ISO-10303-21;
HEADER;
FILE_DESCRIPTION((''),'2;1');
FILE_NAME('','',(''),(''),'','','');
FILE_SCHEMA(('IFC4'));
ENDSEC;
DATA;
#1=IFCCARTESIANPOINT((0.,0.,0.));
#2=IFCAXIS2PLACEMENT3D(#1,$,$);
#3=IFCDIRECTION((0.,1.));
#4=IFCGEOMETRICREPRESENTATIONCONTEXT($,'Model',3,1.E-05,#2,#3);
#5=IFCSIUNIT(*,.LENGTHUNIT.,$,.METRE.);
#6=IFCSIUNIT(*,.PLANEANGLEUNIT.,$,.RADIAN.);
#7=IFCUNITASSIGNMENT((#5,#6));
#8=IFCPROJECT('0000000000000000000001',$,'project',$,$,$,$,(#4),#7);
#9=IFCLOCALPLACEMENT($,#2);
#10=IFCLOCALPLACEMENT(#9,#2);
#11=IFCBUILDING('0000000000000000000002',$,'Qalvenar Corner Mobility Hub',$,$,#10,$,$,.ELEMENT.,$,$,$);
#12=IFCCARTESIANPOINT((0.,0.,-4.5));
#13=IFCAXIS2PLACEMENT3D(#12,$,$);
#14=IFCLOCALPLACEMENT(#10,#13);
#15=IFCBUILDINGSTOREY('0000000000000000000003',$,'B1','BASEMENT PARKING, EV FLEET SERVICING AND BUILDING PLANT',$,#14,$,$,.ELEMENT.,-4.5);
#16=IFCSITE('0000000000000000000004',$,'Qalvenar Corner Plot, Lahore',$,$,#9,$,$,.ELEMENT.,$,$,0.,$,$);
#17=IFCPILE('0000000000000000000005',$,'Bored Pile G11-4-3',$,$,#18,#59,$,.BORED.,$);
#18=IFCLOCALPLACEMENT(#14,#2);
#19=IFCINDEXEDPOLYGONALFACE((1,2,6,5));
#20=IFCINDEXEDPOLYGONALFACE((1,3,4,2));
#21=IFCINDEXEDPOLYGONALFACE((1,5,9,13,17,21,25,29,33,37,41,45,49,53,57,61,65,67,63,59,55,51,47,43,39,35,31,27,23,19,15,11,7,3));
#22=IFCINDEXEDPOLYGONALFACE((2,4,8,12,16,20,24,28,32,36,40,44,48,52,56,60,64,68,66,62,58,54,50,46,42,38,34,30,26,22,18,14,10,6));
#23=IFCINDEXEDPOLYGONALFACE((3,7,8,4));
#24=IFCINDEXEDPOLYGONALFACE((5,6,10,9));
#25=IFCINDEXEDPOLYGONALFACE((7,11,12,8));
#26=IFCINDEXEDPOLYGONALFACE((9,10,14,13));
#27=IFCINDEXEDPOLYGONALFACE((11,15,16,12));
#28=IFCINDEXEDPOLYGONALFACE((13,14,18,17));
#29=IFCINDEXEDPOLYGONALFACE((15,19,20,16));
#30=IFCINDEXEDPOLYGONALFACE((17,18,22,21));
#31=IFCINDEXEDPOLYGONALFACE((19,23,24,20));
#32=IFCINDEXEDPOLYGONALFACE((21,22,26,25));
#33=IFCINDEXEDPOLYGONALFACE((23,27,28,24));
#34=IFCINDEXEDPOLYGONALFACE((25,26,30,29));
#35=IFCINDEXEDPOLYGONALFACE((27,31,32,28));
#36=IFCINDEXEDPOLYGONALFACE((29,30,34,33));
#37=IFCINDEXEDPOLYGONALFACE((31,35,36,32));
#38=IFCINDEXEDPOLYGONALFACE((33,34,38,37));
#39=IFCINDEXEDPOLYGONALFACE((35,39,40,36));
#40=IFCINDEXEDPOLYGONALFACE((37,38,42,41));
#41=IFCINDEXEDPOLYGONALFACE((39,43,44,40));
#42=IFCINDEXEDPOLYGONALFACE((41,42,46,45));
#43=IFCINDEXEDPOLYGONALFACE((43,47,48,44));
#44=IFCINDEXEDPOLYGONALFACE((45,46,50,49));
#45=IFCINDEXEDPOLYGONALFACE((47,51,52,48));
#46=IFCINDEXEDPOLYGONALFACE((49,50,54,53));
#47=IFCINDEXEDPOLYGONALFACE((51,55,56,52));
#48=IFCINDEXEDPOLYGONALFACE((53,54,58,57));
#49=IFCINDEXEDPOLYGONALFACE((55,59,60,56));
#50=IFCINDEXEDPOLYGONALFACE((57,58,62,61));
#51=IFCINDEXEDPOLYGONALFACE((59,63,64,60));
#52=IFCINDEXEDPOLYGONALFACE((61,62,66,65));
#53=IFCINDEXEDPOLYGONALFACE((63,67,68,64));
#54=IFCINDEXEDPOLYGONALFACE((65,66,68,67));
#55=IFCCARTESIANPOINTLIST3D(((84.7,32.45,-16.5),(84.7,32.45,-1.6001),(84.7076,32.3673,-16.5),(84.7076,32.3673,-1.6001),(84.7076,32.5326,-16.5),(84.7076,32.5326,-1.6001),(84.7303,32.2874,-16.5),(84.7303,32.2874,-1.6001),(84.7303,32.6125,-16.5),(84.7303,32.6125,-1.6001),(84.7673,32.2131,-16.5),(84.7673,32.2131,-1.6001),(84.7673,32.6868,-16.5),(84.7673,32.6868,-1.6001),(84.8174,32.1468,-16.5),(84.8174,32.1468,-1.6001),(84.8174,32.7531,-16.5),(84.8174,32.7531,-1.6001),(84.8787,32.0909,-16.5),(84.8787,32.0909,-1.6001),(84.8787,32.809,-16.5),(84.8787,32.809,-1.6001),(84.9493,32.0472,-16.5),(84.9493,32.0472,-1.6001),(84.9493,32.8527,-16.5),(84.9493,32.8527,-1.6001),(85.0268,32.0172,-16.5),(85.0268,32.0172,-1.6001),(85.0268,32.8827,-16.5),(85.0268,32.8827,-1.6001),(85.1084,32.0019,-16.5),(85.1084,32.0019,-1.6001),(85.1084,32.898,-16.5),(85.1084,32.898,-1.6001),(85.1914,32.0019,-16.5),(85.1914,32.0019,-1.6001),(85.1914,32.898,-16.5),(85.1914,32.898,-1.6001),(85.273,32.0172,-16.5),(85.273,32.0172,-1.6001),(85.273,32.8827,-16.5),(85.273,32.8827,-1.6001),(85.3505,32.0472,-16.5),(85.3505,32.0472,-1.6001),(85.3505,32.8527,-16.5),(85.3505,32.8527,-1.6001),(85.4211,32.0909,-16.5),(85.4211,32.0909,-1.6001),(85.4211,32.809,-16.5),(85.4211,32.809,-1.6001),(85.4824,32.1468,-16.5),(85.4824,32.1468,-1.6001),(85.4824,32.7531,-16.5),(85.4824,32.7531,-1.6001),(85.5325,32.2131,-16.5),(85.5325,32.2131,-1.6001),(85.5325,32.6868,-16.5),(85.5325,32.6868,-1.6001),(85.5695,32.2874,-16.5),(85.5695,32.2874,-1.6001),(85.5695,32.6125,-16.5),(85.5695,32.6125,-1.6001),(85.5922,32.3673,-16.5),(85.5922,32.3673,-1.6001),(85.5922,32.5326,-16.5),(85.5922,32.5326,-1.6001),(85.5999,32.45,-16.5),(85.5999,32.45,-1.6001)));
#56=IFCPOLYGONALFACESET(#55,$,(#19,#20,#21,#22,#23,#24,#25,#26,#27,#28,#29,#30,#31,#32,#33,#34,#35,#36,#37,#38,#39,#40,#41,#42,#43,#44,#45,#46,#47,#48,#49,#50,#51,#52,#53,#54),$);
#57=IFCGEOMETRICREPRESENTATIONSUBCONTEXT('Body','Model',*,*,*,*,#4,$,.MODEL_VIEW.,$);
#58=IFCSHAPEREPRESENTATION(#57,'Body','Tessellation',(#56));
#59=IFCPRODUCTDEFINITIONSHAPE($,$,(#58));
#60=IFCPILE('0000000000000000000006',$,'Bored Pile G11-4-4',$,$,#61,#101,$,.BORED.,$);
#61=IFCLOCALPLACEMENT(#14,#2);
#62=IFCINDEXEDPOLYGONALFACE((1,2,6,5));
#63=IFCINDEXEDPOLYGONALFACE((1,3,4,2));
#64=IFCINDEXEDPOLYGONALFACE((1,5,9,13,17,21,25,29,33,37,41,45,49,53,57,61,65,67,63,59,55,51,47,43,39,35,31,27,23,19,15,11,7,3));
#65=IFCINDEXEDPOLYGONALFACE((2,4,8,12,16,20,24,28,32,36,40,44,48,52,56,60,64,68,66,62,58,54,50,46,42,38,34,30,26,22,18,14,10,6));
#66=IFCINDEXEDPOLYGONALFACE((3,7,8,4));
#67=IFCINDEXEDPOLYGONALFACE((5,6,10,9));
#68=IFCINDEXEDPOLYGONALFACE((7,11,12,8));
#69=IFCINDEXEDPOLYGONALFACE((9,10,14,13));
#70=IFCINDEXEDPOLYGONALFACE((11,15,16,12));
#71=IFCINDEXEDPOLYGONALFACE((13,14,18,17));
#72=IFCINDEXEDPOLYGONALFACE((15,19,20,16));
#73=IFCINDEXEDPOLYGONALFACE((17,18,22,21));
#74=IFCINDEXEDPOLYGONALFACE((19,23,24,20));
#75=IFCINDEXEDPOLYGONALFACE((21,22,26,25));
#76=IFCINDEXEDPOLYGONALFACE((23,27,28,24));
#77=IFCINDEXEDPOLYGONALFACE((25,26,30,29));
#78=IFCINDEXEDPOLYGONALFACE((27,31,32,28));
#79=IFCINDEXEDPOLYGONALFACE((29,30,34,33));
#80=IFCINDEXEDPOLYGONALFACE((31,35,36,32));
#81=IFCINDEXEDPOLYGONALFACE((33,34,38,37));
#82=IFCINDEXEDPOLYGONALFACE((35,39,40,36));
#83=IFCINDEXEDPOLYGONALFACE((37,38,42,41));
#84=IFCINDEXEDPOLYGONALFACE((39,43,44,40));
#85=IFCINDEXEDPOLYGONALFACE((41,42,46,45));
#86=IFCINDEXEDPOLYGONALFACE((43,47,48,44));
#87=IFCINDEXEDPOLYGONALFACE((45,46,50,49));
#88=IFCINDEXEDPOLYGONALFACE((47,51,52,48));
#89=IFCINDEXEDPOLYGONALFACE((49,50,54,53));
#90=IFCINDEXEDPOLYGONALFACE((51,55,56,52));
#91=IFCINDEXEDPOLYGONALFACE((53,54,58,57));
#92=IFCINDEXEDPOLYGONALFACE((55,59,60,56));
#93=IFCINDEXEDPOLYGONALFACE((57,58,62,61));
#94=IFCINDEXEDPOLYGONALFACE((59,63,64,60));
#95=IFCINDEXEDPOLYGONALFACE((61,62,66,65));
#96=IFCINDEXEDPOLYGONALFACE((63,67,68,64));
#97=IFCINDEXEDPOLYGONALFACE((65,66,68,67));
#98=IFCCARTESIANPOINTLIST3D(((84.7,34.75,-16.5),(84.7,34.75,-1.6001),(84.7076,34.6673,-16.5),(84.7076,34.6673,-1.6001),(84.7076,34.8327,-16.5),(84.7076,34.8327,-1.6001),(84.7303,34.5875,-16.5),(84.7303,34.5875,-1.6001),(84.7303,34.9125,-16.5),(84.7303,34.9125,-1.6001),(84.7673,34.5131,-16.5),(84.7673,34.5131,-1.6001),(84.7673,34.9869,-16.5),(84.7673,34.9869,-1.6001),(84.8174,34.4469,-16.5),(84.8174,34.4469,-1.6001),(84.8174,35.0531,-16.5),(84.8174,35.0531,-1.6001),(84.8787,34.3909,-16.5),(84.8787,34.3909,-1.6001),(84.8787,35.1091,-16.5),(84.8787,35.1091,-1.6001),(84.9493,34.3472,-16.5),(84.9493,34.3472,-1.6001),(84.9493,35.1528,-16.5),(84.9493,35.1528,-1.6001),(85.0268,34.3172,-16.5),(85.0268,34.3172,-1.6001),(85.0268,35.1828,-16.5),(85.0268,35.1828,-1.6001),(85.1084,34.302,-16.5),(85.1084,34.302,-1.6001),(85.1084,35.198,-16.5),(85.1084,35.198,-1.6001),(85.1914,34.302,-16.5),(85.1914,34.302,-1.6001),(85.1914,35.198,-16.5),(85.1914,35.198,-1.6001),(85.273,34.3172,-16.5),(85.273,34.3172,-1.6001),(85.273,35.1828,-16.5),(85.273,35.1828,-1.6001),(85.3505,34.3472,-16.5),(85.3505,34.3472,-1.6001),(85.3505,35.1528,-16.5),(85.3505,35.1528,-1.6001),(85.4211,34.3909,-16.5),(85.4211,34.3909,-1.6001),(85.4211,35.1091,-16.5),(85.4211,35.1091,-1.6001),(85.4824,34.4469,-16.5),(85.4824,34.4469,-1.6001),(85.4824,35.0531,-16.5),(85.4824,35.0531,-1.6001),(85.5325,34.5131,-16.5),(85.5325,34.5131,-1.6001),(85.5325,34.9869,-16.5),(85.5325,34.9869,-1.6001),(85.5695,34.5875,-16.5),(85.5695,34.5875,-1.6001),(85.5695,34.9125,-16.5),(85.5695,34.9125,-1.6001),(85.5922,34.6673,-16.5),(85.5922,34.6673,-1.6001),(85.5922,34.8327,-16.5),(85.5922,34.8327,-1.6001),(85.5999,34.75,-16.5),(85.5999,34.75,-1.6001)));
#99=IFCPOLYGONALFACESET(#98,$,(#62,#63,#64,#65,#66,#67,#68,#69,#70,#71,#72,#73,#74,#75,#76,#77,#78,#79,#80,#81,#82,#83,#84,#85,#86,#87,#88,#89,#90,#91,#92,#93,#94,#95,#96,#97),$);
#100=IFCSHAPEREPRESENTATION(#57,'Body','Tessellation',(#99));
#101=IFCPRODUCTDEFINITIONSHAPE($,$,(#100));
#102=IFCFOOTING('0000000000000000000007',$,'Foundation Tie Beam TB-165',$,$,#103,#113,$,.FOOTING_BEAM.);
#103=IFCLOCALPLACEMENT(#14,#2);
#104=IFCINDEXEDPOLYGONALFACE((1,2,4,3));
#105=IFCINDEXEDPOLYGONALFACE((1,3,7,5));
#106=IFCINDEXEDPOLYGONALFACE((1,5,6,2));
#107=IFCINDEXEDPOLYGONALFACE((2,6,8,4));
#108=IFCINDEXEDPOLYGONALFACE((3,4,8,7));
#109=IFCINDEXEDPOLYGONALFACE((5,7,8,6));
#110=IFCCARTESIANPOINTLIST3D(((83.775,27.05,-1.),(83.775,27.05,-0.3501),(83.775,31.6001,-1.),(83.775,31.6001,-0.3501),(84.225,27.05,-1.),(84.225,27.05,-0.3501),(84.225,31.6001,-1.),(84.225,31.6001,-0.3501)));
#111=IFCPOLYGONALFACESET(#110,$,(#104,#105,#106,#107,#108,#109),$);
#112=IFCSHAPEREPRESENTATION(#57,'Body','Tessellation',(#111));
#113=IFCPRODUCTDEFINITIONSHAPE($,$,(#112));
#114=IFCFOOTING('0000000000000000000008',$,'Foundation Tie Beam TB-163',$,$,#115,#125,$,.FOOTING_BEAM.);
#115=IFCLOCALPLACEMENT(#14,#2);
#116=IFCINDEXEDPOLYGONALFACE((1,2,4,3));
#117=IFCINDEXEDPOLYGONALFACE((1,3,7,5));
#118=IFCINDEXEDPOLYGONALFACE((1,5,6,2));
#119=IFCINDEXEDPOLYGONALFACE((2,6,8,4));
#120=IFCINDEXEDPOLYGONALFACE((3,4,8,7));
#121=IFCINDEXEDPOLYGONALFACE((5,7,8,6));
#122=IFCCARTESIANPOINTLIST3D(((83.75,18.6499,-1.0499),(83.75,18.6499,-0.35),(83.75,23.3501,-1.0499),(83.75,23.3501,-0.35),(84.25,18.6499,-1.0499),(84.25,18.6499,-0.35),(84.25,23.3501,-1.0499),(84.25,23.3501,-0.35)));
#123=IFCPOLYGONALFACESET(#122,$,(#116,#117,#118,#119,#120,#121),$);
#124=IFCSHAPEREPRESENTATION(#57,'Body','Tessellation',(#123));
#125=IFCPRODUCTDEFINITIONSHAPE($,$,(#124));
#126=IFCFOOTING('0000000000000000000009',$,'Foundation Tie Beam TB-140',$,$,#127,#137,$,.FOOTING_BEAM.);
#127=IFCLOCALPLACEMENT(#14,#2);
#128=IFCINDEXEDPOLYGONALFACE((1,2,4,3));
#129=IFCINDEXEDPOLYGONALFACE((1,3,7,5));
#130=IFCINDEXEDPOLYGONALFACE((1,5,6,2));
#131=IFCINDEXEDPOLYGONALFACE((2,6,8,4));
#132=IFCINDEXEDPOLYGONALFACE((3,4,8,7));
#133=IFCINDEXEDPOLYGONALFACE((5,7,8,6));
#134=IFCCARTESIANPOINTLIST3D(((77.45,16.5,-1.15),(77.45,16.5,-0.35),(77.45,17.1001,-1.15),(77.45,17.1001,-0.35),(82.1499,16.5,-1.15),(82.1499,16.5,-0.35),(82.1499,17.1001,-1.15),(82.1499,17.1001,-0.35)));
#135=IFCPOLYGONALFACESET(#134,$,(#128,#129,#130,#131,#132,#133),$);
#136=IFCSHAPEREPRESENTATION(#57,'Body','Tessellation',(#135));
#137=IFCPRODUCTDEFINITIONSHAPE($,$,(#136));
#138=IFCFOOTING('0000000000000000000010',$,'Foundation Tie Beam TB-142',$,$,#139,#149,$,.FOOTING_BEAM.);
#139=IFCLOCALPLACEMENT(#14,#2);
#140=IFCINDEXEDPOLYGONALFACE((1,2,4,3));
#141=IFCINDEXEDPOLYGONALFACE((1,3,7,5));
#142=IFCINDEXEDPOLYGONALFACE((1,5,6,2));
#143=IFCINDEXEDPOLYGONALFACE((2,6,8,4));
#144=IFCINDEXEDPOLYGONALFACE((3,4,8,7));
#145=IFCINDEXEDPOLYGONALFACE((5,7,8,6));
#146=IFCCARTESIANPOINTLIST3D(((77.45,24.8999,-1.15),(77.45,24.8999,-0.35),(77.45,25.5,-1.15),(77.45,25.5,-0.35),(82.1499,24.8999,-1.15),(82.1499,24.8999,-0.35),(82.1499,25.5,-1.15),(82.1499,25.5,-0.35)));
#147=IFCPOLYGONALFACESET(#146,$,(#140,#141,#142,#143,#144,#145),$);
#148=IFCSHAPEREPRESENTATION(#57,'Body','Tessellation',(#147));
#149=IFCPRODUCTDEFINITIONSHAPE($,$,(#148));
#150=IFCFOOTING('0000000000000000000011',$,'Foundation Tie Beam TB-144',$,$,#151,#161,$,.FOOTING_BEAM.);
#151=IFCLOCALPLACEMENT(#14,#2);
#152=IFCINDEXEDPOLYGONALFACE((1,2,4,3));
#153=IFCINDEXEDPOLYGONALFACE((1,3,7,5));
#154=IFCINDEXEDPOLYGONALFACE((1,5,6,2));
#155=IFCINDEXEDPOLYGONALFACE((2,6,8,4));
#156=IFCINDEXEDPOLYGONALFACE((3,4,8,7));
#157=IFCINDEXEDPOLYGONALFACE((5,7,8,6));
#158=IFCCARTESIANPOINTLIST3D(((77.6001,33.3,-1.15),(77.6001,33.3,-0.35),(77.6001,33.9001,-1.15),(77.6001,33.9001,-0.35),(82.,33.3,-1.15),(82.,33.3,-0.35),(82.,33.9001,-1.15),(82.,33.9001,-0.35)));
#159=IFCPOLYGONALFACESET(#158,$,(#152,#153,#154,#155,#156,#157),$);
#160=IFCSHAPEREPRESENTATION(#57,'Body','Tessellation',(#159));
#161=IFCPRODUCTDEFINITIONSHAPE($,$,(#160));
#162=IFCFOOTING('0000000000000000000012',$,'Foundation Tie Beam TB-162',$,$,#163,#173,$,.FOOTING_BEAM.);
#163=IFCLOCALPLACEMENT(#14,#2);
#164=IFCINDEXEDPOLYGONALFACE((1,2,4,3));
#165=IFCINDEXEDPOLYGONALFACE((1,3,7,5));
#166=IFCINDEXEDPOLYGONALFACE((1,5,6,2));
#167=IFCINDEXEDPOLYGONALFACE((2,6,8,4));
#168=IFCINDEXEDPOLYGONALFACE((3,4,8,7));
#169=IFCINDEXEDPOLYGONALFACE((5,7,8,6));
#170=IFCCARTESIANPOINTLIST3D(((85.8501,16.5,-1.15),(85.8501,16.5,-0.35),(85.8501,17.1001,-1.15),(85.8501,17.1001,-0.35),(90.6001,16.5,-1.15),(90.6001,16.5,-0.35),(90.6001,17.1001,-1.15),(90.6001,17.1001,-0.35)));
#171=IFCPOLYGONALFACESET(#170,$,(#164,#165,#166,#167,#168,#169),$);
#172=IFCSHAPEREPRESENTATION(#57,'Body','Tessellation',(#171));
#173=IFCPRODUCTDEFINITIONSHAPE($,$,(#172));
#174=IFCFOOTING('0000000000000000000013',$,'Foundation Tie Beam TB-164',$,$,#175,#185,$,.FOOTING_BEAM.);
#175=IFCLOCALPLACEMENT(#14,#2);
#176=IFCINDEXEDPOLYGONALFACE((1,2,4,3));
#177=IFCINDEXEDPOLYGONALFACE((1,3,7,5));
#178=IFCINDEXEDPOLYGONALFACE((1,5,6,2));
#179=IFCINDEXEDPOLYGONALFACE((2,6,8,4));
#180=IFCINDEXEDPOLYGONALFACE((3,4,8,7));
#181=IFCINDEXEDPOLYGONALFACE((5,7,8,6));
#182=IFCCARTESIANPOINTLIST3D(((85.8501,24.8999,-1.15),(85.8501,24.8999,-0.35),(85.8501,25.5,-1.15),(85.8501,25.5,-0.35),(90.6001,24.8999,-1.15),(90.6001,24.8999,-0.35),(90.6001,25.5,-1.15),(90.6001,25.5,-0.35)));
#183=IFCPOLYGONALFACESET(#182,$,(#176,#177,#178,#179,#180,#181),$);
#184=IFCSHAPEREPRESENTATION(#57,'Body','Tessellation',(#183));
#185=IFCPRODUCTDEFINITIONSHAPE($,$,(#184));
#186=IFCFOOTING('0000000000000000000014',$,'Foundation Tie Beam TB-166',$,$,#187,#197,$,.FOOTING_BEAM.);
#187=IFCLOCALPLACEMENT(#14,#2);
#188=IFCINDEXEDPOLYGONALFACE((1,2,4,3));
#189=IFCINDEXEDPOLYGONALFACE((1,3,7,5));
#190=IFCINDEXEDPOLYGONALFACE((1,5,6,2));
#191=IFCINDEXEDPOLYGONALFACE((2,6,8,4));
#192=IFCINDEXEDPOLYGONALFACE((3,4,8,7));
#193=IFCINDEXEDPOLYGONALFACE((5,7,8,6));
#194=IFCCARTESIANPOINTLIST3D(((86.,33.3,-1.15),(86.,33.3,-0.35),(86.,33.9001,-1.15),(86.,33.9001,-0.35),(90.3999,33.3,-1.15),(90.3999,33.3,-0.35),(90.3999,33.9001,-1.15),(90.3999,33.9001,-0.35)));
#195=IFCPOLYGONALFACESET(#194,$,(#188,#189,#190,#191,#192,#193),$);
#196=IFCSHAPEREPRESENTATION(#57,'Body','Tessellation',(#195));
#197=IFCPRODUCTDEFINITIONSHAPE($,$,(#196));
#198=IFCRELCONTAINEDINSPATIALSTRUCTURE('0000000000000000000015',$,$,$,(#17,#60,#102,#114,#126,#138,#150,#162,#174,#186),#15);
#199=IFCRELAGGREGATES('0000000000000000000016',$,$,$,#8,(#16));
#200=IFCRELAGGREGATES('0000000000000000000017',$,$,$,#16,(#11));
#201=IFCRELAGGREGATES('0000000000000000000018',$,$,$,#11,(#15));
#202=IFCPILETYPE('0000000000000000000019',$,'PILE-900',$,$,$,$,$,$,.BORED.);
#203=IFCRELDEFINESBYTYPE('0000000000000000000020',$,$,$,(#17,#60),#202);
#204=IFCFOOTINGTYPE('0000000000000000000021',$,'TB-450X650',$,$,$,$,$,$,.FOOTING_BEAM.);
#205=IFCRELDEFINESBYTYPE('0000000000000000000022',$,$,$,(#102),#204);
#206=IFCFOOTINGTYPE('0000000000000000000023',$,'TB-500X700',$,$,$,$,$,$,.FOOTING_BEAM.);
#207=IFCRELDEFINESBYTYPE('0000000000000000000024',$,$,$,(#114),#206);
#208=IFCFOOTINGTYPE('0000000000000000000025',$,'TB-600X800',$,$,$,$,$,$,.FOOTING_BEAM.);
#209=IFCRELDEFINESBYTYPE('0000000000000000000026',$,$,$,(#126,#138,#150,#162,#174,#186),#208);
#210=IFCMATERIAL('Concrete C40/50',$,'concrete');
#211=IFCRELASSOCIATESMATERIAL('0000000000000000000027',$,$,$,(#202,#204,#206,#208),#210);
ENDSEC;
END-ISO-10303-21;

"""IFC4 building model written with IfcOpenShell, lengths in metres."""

from ifc_helpers import new_model, si_unit, direction, frame, origin, origin_2d, place, context, subcontext, project, spatial, rectangle, circle, extrude, material, material_profile, profile_set, type_object, element, save


model = new_model("IFC4")

# Units and contexts
model_context = context("Model", 3, precision=1e-05, world=origin(), true_north=direction((0.0, 1.0)))
body_context = subcontext(model_context, "Body", "Model", "MODEL_VIEW")
ifc_project = project(units=[si_unit("LENGTHUNIT", "METRE"), si_unit("PLANEANGLEUNIT", "RADIAN")], contexts=[model_context])

# Site, building, storey
site_placement = place(None, origin())
site = spatial("IfcSite", under=ifc_project, at=site_placement, Name="Qalvenar Corner Plot, Lahore", CompositionType="ELEMENT", RefElevation=0.0)
building_placement = place(site_placement, origin())
building = spatial("IfcBuilding", under=site, at=building_placement, Name="Qalvenar Corner Mobility Hub", CompositionType="ELEMENT")
storey_placement = place(building_placement, frame((0.0, 0.0, -4.5)))
storey = spatial("IfcBuildingStorey", under=building, at=storey_placement, Name="B1", Description="BASEMENT PARKING, EV FLEET SERVICING AND BUILDING PLANT", CompositionType="ELEMENT", Elevation=-4.5)

# Shared definitions
ifc_material_1 = material(Name="Concrete C40/50", Category="concrete")

# Piles
ifc_material_profile_1 = material_profile(ifc_material_1, circle(Radius=0.45, at=origin_2d()), Name="DIA900")
ifc_profile_set_1 = profile_set([ifc_material_profile_1], Name="Concrete C40/50")
pile_type_1 = type_object("IfcPileType", Name="PILE-900", PredefinedType="BORED", material=ifc_profile_set_1)
for number, where, z_axis, x_axis, name in (
    (1, (85.1499, 32.45, -1.6001), (0.0, 0.0, -1.0), (1.0, 0.0, 0.0), "Bored Pile G11-4-3"),
    (2, (85.1499, 34.75, -1.6001), (0.0, 0.0, -1.0), (1.0, 0.0, 0.0), "Bored Pile G11-4-4"),
):
    element("IfcPile", number, at=place(storey_placement, frame(where, z_axis=z_axis, x_axis=x_axis)), inside=storey, type_object=pile_type_1, Name=name, PredefinedType="BORED", context=body_context, shape_type="SweptSolid", body=[
        extrude(circle(Radius=0.45, at=origin_2d()), origin(), (0.0, 0.0, 1.0), 14.8999),
    ])

# Footings
ifc_material_profile_2 = material_profile(ifc_material_1, rectangle(XDim=0.45, YDim=0.6499, at=origin_2d()), Name="RC450x650")
ifc_profile_set_2 = profile_set([ifc_material_profile_2], Name="Concrete C40/50")
footing_type_1 = type_object("IfcFootingType", Name="TB-450X650", PredefinedType="FOOTING_BEAM", material=ifc_profile_set_2)
footing_1_placement = place(storey_placement, frame((84.0, 27.05, -0.675), z_axis=(0.0, 1.0, 0.0), x_axis=(-1.0, 0.0, 0.0)))
element("IfcFooting", 3, at=footing_1_placement, inside=storey, type_object=footing_type_1, Name="Foundation Tie Beam TB-165", PredefinedType="FOOTING_BEAM", context=body_context, shape_type="SweptSolid", body=[
    extrude(rectangle(XDim=0.45, YDim=0.6499, at=origin_2d()), origin(), (0.0, 0.0, 1.0), 4.55),
])
ifc_material_profile_3 = material_profile(ifc_material_1, rectangle(XDim=0.5, YDim=0.7, at=origin_2d()), Name="RC500x700")
ifc_profile_set_3 = profile_set([ifc_material_profile_3], Name="Concrete C40/50")
footing_type_2 = type_object("IfcFootingType", Name="TB-500X700", PredefinedType="FOOTING_BEAM", material=ifc_profile_set_3)
footing_2_placement = place(storey_placement, frame((84.0, 18.6499, -0.7), z_axis=(0.0, 1.0, 0.0), x_axis=(-1.0, 0.0, 0.0)))
element("IfcFooting", 4, at=footing_2_placement, inside=storey, type_object=footing_type_2, Name="Foundation Tie Beam TB-163", PredefinedType="FOOTING_BEAM", context=body_context, shape_type="SweptSolid", body=[
    extrude(rectangle(XDim=0.5, YDim=0.7, at=origin_2d()), origin(), (0.0, 0.0, 1.0), 4.7002),
])
ifc_material_profile_4 = material_profile(ifc_material_1, rectangle(XDim=0.6001, YDim=0.8, at=origin_2d()), Name="RC600x800")
ifc_profile_set_4 = profile_set([ifc_material_profile_4], Name="Concrete C40/50")
footing_type_3 = type_object("IfcFootingType", Name="TB-600X800", PredefinedType="FOOTING_BEAM", material=ifc_profile_set_4)
for number, where, z_axis, x_axis, name in (
    (5, (77.45, 16.8, -0.75), (1.0, 0.0, 0.0), (0.0, 1.0, 0.0), "Foundation Tie Beam TB-140"),
    (6, (77.45, 25.2, -0.75), (1.0, 0.0, 0.0), (0.0, 1.0, 0.0), "Foundation Tie Beam TB-142"),
):
    element("IfcFooting", number, at=place(storey_placement, frame(where, z_axis=z_axis, x_axis=x_axis)), inside=storey, type_object=footing_type_3, Name=name, PredefinedType="FOOTING_BEAM", context=body_context, shape_type="SweptSolid", body=[
        extrude(rectangle(XDim=0.6001, YDim=0.8, at=origin_2d()), origin(), (0.0, 0.0, 1.0), 4.7),
    ])
footing_3_placement = place(storey_placement, frame((77.6001, 33.6001, -0.75), z_axis=(1.0, 0.0, 0.0), x_axis=(0.0, 1.0, 0.0)))
element("IfcFooting", 7, at=footing_3_placement, inside=storey, type_object=footing_type_3, Name="Foundation Tie Beam TB-144", PredefinedType="FOOTING_BEAM", context=body_context, shape_type="SweptSolid", body=[
    extrude(rectangle(XDim=0.6001, YDim=0.8, at=origin_2d()), origin(), (0.0, 0.0, 1.0), 4.3999),
])
for number, where, z_axis, x_axis, name in (
    (8, (85.8501, 16.8, -0.75), (1.0, 0.0, 0.0), (0.0, 1.0, 0.0), "Foundation Tie Beam TB-162"),
    (9, (85.8501, 25.2, -0.75), (1.0, 0.0, 0.0), (0.0, 1.0, 0.0), "Foundation Tie Beam TB-164"),
):
    element("IfcFooting", number, at=place(storey_placement, frame(where, z_axis=z_axis, x_axis=x_axis)), inside=storey, type_object=footing_type_3, Name=name, PredefinedType="FOOTING_BEAM", context=body_context, shape_type="SweptSolid", body=[
        extrude(rectangle(XDim=0.6001, YDim=0.8, at=origin_2d()), origin(), (0.0, 0.0, 1.0), 4.75),
    ])
footing_4_placement = place(storey_placement, frame((86.0, 33.6001, -0.75), z_axis=(1.0, 0.0, 0.0), x_axis=(0.0, 1.0, 0.0)))
element("IfcFooting", 10, at=footing_4_placement, inside=storey, type_object=footing_type_3, Name="Foundation Tie Beam TB-166", PredefinedType="FOOTING_BEAM", context=body_context, shape_type="SweptSolid", body=[
    extrude(rectangle(XDim=0.6001, YDim=0.8, at=origin_2d()), origin(), (0.0, 0.0, 1.0), 4.3999),
])

save(model, "model.ifc")
